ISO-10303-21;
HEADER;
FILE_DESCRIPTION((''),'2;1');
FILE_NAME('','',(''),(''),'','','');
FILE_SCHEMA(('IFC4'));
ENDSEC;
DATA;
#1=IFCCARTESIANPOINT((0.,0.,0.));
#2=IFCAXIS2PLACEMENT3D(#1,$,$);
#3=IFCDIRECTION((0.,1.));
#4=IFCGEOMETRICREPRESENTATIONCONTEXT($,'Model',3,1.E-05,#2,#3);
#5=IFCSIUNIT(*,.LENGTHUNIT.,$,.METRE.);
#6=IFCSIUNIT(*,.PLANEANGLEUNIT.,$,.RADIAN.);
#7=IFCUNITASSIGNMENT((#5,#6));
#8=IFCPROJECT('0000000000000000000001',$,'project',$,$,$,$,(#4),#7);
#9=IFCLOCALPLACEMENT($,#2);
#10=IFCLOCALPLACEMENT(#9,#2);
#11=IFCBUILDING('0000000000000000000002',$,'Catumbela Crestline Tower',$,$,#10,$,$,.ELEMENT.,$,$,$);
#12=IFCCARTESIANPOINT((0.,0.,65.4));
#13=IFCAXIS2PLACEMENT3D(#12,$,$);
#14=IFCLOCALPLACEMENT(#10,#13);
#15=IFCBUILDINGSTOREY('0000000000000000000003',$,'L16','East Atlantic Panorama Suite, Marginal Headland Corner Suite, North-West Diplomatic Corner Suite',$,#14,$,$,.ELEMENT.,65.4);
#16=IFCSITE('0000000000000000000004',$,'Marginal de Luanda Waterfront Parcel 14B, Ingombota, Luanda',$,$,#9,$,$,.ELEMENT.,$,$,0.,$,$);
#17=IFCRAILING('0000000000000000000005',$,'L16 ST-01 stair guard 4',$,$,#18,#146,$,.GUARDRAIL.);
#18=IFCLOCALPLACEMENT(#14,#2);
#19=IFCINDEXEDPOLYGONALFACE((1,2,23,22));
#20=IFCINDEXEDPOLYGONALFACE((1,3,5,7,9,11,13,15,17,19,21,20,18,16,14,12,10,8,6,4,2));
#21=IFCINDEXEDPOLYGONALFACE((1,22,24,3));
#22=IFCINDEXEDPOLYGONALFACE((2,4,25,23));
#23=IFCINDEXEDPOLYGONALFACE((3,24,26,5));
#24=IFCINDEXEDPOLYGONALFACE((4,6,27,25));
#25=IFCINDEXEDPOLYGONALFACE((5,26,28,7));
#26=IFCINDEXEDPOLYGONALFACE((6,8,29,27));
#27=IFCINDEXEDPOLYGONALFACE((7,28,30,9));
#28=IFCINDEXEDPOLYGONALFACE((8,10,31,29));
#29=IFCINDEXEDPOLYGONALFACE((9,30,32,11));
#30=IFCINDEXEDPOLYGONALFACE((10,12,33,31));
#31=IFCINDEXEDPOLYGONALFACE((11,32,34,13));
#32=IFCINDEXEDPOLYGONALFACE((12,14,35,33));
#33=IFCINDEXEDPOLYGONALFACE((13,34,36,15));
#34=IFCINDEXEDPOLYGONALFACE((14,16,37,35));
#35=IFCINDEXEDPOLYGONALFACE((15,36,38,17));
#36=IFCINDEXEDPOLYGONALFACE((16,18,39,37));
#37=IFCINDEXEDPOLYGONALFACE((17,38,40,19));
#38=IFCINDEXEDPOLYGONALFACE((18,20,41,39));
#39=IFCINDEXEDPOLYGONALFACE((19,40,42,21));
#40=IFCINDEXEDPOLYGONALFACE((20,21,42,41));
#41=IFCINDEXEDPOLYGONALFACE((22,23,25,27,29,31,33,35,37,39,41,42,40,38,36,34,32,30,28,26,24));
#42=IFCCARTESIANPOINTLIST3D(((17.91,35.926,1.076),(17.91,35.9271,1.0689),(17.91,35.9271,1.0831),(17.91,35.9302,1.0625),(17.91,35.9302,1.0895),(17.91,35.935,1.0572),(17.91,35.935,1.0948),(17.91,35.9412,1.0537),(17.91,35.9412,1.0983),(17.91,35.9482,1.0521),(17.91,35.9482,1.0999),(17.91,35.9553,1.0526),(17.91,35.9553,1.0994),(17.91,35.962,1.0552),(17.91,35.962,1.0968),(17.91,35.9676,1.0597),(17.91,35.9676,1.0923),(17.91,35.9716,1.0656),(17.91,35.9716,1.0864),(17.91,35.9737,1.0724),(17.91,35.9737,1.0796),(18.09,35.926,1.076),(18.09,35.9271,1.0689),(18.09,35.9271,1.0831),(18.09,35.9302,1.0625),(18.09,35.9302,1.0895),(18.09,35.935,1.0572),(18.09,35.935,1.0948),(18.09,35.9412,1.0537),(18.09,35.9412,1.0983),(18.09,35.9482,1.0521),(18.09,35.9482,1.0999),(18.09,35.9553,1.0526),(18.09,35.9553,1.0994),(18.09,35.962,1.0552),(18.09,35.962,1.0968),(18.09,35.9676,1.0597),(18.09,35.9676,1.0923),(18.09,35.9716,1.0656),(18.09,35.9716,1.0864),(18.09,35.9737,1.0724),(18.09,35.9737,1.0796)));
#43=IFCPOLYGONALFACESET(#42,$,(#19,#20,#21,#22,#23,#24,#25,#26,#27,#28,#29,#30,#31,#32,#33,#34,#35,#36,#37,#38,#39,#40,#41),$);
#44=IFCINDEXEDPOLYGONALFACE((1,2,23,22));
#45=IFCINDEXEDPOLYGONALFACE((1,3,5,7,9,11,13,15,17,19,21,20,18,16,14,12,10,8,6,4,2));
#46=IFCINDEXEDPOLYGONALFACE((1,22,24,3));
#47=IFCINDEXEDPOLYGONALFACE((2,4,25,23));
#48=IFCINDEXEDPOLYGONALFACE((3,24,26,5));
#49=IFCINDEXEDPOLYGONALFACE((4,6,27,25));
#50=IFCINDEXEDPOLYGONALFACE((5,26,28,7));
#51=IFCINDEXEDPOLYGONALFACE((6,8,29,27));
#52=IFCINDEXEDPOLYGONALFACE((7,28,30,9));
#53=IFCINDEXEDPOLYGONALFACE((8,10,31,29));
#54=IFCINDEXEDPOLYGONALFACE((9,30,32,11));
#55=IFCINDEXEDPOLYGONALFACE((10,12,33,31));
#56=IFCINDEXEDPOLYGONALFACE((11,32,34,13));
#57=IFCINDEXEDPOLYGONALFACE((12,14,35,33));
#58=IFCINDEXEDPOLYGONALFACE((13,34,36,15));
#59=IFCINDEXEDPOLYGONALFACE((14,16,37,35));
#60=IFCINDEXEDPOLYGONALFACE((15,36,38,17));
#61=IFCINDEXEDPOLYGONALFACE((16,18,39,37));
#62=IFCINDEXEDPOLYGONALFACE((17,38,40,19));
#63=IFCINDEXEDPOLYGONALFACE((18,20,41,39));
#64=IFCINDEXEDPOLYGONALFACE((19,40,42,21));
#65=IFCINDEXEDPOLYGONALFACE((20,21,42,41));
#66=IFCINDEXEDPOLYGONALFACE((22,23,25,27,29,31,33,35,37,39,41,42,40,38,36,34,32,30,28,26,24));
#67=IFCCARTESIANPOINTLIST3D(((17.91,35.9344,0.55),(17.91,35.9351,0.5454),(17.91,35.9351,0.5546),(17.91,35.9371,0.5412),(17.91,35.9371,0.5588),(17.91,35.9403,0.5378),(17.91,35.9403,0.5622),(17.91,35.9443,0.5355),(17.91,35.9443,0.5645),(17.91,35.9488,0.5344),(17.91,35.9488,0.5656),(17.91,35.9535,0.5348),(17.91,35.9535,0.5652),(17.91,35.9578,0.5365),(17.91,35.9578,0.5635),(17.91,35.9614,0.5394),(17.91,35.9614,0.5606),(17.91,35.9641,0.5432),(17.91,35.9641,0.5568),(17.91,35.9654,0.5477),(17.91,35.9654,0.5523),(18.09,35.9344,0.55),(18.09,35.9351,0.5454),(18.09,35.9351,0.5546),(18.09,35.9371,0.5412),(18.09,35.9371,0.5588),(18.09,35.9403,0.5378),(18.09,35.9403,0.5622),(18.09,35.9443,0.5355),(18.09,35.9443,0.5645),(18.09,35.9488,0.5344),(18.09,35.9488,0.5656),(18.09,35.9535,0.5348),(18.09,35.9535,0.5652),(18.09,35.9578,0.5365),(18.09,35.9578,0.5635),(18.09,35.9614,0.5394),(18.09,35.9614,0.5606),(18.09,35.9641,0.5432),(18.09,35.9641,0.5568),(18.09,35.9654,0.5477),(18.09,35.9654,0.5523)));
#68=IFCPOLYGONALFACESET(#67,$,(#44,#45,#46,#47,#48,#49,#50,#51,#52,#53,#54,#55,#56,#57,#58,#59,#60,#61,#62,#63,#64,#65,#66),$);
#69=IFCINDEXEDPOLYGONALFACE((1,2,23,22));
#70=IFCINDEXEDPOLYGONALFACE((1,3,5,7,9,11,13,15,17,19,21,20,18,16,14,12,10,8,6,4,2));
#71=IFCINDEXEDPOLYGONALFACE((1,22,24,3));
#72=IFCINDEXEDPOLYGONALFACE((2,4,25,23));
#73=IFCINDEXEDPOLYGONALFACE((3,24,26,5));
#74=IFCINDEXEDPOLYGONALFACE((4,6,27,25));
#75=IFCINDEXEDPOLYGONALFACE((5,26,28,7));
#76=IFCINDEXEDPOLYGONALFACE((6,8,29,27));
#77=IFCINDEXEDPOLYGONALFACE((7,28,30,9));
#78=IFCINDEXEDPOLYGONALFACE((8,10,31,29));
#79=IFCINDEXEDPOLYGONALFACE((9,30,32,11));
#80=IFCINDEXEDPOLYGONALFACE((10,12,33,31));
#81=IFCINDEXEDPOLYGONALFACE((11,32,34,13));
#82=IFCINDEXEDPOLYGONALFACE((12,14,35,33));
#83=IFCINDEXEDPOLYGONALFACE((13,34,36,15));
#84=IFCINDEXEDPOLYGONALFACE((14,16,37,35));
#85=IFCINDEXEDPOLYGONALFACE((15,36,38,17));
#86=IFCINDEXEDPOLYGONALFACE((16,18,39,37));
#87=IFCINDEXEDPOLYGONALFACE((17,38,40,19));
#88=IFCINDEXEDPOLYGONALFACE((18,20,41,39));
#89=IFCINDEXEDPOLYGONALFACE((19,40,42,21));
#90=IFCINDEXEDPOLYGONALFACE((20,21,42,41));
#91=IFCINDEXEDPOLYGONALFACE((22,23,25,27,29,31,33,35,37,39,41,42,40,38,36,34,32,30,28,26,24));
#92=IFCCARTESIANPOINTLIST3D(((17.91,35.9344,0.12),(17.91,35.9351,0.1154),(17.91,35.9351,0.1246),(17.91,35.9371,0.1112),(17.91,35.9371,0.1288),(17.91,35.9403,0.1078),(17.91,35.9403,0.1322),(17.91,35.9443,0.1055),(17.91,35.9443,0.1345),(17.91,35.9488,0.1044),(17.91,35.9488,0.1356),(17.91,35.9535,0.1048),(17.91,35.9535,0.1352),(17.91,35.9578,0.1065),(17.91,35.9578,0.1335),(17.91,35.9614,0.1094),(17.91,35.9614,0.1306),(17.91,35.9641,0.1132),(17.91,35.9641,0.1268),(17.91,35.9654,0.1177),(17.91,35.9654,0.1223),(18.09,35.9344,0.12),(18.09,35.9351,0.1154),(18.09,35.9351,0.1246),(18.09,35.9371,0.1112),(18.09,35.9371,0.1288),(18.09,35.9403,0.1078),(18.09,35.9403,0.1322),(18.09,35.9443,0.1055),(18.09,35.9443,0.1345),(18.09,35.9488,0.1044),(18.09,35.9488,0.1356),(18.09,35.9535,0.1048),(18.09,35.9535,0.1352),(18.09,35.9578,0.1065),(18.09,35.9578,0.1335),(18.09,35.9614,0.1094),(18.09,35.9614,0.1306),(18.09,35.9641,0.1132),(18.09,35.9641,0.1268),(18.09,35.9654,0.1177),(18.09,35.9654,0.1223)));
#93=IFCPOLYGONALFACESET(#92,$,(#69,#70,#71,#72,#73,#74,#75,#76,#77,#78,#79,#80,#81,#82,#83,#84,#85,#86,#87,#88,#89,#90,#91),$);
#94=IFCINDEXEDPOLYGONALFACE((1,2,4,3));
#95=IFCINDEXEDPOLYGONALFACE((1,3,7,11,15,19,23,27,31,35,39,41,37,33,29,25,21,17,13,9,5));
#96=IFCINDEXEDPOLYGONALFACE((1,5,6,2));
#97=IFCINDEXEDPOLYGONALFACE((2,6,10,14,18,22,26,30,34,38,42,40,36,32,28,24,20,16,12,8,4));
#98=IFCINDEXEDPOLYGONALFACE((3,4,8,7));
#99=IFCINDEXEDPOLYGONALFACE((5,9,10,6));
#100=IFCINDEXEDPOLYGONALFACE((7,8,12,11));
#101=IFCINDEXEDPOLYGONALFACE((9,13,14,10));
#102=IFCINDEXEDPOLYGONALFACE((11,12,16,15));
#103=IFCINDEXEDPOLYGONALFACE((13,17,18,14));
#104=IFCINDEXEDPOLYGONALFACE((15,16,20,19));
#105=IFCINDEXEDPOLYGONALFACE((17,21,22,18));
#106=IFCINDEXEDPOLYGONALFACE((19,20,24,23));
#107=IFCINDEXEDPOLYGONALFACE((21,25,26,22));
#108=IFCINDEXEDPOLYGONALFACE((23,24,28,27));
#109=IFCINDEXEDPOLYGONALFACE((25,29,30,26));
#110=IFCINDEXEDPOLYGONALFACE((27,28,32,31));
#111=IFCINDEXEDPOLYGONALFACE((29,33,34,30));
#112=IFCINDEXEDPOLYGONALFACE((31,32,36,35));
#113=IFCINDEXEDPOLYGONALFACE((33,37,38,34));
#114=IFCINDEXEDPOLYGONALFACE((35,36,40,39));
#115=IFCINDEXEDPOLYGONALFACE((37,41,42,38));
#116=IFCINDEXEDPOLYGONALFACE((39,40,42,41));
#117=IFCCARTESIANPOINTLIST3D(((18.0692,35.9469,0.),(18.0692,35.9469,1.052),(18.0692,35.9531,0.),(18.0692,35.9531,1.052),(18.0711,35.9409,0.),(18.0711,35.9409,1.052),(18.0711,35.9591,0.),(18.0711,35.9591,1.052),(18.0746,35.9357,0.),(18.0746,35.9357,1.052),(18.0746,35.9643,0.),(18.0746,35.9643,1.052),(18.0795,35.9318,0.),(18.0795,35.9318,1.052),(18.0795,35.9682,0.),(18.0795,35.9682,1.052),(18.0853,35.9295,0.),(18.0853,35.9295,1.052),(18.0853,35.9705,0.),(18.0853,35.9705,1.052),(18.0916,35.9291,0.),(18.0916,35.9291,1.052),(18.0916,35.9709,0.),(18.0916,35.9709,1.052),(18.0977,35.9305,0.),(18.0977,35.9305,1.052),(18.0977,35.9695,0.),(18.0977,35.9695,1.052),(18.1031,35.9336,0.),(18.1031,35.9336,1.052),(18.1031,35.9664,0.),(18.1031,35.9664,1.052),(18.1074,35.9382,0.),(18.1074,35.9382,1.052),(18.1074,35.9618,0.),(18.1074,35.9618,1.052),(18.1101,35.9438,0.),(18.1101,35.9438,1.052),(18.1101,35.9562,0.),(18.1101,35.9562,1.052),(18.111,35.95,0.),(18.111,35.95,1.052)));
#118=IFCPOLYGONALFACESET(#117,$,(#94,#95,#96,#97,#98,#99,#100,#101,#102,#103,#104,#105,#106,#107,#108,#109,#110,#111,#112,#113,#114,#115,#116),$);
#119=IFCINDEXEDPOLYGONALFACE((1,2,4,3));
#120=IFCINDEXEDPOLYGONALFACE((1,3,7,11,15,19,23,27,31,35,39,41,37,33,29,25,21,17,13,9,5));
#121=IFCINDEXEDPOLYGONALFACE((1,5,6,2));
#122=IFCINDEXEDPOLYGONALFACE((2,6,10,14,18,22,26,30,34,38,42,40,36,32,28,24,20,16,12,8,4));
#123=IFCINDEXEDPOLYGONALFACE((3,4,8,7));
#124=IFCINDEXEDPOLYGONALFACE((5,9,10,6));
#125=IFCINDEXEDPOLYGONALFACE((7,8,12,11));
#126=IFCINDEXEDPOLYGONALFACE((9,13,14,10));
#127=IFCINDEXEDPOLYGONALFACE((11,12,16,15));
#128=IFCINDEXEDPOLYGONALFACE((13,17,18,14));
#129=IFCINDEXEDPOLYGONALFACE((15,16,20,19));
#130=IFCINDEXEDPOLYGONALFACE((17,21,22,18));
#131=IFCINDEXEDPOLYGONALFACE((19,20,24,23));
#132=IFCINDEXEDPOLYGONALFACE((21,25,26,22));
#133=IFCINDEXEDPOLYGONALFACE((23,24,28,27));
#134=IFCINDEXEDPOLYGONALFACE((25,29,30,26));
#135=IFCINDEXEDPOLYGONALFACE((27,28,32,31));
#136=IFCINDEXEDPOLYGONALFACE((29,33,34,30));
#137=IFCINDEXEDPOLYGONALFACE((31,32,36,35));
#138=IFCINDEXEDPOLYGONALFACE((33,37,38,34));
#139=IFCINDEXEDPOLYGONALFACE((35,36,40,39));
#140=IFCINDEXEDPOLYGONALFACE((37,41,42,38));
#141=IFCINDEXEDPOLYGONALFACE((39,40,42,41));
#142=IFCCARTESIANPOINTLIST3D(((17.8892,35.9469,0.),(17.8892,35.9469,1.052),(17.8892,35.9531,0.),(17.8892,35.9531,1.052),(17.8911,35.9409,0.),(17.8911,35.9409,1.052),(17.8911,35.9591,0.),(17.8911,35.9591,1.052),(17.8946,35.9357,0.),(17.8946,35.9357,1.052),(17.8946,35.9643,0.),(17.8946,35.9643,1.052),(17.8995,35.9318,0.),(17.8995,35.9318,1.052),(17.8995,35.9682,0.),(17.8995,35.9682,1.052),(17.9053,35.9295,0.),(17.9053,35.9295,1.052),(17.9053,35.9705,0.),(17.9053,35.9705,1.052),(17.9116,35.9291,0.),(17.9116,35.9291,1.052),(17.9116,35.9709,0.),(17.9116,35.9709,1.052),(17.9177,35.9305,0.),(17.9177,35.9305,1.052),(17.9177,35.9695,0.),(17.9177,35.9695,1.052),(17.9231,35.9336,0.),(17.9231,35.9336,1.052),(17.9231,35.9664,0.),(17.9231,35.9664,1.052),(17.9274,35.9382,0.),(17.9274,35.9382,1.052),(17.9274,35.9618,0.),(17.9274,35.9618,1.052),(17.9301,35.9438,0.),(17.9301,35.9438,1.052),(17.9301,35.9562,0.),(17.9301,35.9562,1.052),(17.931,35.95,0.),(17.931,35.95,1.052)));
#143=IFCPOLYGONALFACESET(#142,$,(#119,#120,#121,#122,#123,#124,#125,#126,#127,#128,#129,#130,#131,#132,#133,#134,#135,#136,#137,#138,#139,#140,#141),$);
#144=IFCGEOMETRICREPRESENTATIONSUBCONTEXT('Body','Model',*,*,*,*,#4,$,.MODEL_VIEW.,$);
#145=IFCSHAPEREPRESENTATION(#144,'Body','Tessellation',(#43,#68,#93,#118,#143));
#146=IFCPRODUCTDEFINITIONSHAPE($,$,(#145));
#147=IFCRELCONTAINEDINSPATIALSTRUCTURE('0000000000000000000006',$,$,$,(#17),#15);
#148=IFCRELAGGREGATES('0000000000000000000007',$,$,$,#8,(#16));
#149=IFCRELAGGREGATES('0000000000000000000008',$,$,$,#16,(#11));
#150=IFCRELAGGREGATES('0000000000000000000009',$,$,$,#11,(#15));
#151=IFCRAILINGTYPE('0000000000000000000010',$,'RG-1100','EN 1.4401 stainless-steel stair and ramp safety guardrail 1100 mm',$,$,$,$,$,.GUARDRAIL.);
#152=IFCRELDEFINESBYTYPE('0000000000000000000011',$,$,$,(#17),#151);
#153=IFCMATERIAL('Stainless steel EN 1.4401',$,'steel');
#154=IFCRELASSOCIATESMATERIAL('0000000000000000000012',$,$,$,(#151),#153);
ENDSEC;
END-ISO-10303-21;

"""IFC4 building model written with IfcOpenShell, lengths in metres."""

from ifc_helpers import new_model, si_unit, direction, frame, origin, origin_2d, place, context, subcontext, project, spatial, circle, extrude, material, type_object, element, save


model = new_model("IFC4")

# Units and contexts
model_context = context("Model", 3, precision=1e-05, world=origin(), true_north=direction((0.0, 1.0)))
body_context = subcontext(model_context, "Body", "Model", "MODEL_VIEW")
ifc_project = project(units=[si_unit("LENGTHUNIT", "METRE"), si_unit("PLANEANGLEUNIT", "RADIAN")], contexts=[model_context])

# Site, building, storey
site_placement = place(None, origin())
site = spatial("IfcSite", under=ifc_project, at=site_placement, Name="Marginal de Luanda Waterfront Parcel 14B, Ingombota, Luanda", CompositionType="ELEMENT", RefElevation=0.0)
building_placement = place(site_placement, origin())
building = spatial("IfcBuilding", under=site, at=building_placement, Name="Catumbela Crestline Tower", CompositionType="ELEMENT")
storey_placement = place(building_placement, frame((0.0, 0.0, 65.4)))
storey = spatial("IfcBuildingStorey", under=building, at=storey_placement, Name="L16", Description="East Atlantic Panorama Suite, Marginal Headland Corner Suite, North-West Diplomatic Corner Suite", CompositionType="ELEMENT", Elevation=65.4)

# Railing
ifc_material_1 = material(Name="Stainless steel EN 1.4401", Category="steel")
railing_type_1 = type_object("IfcRailingType", Name="RG-1100", Description="EN 1.4401 stainless-steel stair and ramp safety guardrail 1100 mm", PredefinedType="GUARDRAIL", material=ifc_material_1)
railing_1_placement = place(storey_placement, frame((18.09, 35.95, 0.0)))
element("IfcRailing", 1, at=railing_1_placement, inside=storey, type_object=railing_type_1, Name="L16 ST-01 stair guard 4", PredefinedType="GUARDRAIL", context=body_context, shape_type="SweptSolid", body=[
    extrude(circle(Radius=0.024, at=origin_2d()), frame((0.0, 0.0, 1.076), z_axis=(-1.0, 0.0, 0.0), x_axis=(0.0, -1.0, 0.0)), (0.0, 0.0, 1.0), 0.18),
    extrude(circle(Radius=0.0156, at=origin_2d()), frame((0.0, 0.0, 0.55), z_axis=(-1.0, 0.0, 0.0), x_axis=(0.0, -1.0, 0.0)), (0.0, 0.0, 1.0), 0.18),
    extrude(circle(Radius=0.0156, at=origin_2d()), frame((0.0, 0.0, 0.12), z_axis=(-1.0, 0.0, 0.0), x_axis=(0.0, -1.0, 0.0)), (0.0, 0.0, 1.0), 0.18),
    extrude(circle(Radius=0.021, at=origin_2d()), origin(), (0.0, 0.0, 1.0), 1.052),
    extrude(circle(Radius=0.021, at=origin_2d()), frame((-0.18, 0.0, 0.0)), (0.0, 0.0, 1.0), 1.052),
])

save(model, "model.ifc")
